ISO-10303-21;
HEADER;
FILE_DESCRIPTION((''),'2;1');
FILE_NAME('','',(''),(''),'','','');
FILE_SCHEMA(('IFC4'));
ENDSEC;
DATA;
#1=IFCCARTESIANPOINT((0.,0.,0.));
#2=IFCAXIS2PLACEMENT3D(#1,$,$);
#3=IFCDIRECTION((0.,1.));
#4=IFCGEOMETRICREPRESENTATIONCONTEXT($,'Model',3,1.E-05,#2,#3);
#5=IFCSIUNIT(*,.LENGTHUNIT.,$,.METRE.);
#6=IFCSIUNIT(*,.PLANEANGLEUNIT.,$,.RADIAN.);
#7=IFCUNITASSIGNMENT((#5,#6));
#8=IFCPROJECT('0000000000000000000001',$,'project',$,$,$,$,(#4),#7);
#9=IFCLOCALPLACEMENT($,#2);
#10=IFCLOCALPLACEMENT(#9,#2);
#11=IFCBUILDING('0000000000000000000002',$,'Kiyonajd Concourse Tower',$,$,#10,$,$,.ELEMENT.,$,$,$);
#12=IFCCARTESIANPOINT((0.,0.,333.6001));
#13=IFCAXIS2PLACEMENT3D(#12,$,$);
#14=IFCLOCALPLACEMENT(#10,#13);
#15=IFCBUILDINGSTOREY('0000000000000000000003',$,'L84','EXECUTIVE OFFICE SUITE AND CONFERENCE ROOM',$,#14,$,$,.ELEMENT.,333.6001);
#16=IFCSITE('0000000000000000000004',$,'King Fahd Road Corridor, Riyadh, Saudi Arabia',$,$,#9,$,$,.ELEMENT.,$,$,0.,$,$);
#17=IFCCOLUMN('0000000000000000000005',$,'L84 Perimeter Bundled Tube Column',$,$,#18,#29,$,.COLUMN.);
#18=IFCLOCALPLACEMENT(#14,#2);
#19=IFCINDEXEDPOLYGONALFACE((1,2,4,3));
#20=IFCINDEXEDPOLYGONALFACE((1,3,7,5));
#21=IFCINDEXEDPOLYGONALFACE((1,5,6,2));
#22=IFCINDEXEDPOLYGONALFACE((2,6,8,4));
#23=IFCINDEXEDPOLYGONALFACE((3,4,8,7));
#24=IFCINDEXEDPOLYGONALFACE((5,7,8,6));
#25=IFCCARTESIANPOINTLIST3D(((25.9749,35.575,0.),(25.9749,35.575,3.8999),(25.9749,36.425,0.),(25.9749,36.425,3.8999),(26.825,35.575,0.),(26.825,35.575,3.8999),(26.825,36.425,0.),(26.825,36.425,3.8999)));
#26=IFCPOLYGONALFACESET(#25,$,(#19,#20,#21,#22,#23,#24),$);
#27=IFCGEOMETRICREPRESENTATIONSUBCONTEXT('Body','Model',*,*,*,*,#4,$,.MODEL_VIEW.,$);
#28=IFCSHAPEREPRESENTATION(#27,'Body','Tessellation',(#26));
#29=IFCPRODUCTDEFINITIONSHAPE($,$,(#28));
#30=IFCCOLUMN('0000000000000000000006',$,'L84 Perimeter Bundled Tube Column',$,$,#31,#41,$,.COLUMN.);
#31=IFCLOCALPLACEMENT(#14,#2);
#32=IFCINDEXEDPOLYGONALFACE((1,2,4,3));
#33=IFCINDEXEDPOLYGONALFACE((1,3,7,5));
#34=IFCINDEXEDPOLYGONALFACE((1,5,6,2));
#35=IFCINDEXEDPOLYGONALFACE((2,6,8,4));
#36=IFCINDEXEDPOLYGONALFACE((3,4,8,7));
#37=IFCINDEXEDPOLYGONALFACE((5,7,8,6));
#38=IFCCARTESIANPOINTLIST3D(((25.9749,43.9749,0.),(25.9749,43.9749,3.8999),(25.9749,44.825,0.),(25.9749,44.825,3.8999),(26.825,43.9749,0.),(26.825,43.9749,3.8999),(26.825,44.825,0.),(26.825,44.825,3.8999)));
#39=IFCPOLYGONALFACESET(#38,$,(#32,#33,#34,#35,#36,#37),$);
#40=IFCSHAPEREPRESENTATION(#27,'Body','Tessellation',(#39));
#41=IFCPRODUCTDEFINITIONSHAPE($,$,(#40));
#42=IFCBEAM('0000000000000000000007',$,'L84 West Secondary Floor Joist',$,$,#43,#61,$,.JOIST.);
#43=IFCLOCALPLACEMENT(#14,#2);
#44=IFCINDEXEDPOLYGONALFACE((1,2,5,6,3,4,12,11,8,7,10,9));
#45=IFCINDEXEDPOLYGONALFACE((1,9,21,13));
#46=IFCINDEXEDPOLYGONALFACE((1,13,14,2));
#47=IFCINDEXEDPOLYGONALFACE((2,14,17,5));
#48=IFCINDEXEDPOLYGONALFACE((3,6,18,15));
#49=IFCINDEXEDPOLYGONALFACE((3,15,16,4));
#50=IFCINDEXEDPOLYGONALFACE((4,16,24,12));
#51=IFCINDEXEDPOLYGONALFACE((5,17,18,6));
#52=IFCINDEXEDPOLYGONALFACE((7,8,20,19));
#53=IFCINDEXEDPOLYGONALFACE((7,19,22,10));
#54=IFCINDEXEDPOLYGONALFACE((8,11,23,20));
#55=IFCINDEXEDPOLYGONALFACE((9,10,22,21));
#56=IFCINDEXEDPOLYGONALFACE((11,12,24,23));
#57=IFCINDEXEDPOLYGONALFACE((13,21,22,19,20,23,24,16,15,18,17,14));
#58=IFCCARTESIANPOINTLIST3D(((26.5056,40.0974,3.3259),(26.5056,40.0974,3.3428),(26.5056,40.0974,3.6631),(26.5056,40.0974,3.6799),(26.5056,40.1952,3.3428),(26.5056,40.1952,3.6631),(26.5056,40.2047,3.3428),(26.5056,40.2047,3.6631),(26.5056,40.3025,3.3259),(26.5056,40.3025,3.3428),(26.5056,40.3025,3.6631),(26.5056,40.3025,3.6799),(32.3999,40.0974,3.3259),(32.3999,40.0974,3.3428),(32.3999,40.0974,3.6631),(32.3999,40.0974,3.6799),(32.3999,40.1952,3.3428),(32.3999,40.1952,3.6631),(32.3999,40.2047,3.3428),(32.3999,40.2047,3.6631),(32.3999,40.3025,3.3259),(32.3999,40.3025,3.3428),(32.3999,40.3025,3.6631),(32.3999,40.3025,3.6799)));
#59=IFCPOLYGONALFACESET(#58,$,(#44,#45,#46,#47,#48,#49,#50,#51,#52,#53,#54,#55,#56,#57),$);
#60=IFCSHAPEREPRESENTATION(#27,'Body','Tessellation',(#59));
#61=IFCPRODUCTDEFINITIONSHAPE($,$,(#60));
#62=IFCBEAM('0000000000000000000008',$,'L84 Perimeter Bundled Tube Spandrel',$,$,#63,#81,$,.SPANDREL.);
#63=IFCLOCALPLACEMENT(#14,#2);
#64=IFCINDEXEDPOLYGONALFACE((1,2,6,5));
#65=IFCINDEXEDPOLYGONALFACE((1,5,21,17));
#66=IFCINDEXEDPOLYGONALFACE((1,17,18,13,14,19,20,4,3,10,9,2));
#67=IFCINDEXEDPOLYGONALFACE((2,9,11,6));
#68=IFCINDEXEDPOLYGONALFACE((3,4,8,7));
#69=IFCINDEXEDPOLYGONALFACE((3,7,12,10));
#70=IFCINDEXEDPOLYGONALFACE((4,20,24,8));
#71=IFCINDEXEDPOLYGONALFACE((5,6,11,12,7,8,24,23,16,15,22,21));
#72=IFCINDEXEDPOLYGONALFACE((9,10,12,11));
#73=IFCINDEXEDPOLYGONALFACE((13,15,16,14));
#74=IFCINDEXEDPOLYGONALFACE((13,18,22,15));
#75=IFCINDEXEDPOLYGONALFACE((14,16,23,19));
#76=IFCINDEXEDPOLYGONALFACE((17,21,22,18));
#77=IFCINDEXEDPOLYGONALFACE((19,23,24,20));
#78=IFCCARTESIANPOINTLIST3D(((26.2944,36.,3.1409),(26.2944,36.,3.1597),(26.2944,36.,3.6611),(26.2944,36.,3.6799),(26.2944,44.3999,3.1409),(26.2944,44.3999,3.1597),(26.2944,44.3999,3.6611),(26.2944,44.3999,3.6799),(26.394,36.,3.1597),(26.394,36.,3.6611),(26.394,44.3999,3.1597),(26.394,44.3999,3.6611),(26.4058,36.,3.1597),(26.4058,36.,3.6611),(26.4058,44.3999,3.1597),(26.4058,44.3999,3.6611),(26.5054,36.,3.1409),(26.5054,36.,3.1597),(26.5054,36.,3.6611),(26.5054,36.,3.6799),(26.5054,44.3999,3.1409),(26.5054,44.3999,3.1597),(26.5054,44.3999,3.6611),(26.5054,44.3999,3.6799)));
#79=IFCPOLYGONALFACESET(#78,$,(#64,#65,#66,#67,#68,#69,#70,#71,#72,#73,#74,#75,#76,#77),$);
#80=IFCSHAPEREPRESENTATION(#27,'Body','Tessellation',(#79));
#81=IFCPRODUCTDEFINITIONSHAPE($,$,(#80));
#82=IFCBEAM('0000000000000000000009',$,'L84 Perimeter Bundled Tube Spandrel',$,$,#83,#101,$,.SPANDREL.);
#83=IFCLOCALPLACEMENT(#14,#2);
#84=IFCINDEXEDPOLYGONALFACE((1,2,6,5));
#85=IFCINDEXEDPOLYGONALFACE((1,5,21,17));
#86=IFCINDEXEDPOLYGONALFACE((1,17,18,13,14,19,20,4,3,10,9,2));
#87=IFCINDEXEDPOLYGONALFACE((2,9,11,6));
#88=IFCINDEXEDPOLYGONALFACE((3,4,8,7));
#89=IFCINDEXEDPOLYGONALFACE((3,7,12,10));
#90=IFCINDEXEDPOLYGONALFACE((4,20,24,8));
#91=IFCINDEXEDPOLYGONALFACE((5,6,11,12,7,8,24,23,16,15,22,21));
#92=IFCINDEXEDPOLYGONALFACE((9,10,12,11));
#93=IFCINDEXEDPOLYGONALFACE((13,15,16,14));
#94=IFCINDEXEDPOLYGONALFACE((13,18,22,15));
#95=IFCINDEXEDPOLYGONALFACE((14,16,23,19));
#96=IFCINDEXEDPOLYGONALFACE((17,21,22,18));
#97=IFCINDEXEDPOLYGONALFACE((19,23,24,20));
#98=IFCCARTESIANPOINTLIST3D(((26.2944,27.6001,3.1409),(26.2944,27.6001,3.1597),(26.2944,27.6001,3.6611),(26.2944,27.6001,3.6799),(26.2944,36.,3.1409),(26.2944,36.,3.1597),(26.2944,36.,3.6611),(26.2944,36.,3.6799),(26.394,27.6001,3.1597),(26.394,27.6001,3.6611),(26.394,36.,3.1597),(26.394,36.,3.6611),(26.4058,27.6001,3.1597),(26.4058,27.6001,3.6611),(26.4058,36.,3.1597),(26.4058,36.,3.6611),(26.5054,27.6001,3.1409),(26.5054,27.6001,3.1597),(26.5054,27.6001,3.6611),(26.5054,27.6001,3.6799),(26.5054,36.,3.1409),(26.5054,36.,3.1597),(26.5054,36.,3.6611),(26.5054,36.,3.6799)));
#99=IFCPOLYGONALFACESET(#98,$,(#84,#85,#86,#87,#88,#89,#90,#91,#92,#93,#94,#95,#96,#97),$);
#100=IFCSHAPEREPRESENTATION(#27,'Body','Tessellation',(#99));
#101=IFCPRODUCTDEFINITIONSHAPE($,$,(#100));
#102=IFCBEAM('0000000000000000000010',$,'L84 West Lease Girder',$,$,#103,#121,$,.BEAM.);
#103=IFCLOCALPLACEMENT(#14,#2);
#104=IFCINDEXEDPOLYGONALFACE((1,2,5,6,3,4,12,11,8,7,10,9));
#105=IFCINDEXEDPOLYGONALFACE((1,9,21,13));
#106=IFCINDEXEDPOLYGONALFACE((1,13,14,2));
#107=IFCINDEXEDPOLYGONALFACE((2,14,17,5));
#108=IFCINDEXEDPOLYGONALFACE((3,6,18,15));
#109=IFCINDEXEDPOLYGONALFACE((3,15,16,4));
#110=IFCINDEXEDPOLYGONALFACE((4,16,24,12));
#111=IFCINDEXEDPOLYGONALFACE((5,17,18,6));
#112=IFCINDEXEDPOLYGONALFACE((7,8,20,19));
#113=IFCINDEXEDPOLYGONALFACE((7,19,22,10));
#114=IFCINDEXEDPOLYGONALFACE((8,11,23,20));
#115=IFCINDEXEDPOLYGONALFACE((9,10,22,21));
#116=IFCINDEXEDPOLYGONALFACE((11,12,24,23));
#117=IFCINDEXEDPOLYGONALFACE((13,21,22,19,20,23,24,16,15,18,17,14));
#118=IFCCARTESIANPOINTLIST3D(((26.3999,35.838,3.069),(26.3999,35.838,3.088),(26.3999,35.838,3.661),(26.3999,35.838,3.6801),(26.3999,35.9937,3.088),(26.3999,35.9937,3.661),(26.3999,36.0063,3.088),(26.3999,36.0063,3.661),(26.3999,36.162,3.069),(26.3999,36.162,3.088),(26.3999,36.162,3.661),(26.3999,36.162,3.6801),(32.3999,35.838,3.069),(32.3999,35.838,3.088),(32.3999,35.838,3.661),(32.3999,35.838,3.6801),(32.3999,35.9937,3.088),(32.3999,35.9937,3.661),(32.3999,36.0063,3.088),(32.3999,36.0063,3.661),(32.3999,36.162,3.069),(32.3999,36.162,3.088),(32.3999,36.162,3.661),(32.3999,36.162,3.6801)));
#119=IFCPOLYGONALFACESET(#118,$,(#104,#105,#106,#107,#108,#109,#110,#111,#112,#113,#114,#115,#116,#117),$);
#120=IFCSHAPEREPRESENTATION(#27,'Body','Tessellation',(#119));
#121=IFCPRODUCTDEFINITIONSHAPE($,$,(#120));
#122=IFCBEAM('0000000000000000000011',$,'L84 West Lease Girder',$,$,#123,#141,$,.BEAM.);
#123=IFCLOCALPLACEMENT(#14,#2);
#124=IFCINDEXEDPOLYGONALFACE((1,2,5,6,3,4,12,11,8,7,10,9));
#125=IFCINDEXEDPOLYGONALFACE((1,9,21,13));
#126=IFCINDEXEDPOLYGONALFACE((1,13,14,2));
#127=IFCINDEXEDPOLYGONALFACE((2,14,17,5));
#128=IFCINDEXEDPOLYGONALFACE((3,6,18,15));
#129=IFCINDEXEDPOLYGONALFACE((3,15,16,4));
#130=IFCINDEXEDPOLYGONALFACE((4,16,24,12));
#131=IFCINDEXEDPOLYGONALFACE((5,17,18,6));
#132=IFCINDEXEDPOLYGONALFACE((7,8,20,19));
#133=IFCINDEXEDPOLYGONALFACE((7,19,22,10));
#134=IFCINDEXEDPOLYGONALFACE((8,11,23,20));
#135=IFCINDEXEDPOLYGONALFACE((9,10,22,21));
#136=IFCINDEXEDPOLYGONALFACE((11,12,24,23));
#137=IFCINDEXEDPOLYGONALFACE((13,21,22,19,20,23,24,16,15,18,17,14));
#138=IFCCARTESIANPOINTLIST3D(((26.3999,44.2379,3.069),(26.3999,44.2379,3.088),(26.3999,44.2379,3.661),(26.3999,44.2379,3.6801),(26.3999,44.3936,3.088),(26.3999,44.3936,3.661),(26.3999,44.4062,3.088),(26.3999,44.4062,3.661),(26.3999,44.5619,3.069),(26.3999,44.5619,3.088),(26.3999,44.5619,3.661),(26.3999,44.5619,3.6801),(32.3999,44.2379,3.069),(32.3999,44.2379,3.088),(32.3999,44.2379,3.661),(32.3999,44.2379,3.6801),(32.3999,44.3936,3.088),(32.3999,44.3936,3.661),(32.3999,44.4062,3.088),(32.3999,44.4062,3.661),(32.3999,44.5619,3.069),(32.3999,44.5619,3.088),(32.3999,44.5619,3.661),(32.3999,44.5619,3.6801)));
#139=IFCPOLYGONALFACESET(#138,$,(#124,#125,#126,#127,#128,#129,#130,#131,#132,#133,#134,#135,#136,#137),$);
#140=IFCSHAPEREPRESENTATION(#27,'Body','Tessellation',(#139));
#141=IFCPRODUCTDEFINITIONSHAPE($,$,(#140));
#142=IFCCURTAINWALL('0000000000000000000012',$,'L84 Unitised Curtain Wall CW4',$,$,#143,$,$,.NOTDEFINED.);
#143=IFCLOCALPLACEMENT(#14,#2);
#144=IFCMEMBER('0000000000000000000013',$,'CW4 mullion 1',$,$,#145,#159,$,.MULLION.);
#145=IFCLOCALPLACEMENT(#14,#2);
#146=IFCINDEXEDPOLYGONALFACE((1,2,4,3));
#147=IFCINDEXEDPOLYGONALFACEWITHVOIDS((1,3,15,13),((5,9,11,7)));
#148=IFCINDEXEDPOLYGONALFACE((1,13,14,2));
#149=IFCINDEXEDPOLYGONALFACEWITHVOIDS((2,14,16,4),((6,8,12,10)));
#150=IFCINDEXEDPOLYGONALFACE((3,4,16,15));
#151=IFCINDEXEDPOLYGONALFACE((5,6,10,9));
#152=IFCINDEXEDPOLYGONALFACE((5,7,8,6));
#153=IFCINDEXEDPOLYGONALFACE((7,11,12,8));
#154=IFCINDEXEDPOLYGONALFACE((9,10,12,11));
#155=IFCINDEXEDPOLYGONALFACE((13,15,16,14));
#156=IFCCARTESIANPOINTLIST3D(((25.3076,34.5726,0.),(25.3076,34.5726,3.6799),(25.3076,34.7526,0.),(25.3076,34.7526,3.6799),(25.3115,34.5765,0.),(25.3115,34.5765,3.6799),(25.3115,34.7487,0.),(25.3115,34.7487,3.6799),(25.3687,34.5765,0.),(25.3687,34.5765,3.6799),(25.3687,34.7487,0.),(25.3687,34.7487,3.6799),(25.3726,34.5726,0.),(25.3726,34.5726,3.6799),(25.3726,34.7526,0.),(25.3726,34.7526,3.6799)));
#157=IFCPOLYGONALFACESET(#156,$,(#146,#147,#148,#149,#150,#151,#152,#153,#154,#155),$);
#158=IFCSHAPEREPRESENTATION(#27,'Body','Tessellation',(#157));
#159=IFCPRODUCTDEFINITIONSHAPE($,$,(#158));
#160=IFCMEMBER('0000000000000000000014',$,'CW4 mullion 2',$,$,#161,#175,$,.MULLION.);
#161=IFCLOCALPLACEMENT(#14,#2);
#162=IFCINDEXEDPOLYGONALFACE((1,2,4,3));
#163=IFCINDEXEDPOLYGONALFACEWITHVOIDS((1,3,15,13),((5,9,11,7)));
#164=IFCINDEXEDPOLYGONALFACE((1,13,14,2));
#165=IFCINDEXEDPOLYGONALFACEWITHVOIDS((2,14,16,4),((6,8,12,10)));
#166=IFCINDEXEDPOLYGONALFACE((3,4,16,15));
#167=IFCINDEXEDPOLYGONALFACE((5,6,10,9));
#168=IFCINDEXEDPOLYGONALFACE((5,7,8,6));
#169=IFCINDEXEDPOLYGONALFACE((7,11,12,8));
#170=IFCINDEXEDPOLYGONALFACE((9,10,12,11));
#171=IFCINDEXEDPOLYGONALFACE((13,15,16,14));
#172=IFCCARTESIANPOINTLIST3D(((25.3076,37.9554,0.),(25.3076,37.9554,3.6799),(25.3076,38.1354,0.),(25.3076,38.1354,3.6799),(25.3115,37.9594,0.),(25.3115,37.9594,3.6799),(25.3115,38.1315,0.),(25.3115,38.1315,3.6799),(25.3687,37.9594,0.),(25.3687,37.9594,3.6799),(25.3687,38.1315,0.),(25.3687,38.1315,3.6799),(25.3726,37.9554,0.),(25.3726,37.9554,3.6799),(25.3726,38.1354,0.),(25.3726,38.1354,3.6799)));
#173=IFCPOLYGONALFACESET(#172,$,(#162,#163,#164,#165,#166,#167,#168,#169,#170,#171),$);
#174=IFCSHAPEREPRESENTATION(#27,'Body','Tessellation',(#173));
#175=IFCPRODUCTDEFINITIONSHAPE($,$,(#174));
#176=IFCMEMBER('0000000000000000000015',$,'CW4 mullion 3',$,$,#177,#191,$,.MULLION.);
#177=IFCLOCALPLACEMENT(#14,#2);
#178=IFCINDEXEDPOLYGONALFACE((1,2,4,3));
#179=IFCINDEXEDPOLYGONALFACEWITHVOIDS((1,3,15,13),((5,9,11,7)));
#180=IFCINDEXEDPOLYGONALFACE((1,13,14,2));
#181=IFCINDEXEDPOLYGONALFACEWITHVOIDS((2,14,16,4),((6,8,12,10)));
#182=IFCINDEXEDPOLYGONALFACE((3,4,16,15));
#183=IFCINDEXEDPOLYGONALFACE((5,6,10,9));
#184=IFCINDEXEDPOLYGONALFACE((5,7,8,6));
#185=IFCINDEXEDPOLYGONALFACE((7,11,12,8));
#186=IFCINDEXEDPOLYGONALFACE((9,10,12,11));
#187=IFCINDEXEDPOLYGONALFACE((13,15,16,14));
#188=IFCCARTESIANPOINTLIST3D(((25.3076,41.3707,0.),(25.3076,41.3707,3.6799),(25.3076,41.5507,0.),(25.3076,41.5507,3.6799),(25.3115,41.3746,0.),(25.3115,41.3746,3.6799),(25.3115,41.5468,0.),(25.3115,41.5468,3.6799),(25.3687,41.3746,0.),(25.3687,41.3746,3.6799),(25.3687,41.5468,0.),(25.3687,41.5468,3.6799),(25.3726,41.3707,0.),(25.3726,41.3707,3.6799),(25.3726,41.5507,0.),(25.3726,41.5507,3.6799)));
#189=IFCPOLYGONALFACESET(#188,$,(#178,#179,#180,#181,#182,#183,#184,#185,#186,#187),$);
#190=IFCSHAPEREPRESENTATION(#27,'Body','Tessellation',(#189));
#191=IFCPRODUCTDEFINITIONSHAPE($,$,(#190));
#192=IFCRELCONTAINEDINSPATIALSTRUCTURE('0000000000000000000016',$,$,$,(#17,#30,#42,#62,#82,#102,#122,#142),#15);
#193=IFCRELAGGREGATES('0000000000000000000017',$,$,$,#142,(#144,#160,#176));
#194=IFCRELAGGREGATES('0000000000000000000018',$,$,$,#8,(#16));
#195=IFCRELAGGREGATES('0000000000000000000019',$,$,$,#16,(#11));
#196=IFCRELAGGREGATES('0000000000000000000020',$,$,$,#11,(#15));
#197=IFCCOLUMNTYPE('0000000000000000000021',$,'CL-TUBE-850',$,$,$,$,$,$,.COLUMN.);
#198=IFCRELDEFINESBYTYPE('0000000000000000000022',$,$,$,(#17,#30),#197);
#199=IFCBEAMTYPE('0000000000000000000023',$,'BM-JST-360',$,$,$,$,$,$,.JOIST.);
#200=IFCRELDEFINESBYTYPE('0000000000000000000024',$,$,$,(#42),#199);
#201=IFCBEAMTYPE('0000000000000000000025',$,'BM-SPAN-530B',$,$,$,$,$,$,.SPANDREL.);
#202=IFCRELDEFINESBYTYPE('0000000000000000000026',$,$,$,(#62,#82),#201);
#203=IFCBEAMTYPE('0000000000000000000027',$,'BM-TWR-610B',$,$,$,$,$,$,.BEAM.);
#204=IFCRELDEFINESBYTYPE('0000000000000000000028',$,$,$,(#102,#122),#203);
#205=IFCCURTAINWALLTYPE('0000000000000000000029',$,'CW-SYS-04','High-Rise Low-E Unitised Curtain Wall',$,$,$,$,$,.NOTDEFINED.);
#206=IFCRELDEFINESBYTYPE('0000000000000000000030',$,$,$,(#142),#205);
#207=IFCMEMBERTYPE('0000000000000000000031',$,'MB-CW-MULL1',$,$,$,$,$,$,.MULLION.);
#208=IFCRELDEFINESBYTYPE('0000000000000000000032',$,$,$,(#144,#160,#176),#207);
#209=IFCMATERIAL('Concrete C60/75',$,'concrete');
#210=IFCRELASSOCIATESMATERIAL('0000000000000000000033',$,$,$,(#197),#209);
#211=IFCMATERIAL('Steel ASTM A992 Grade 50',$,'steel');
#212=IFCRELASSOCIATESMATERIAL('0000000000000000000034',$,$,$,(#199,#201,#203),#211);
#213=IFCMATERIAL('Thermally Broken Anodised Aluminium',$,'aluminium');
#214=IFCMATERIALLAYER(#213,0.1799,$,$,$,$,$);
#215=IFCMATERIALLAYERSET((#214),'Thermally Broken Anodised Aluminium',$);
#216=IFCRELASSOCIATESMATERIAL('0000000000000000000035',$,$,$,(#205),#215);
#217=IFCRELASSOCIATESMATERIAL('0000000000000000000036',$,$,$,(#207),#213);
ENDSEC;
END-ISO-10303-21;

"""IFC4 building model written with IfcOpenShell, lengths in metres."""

from ifc_helpers import new_model, si_unit, direction, frame, origin, origin_2d, place, context, subcontext, project, spatial, rectangle, hollow_rectangle, i_section, extrude, material, layer, layer_set, material_profile, profile_set, type_object, element, aggregate, save


model = new_model("IFC4")

# Units and contexts
model_context = context("Model", 3, precision=1e-05, world=origin(), true_north=direction((0.0, 1.0)))
body_context = subcontext(model_context, "Body", "Model", "MODEL_VIEW")
ifc_project = project(units=[si_unit("LENGTHUNIT", "METRE"), si_unit("PLANEANGLEUNIT", "RADIAN")], contexts=[model_context])

# Site, building, storey
site_placement = place(None, origin())
site = spatial("IfcSite", under=ifc_project, at=site_placement, Name="King Fahd Road Corridor, Riyadh, Saudi Arabia", CompositionType="ELEMENT", RefElevation=0.0)
building_placement = place(site_placement, origin())
building = spatial("IfcBuilding", under=site, at=building_placement, Name="Kiyonajd Concourse Tower", CompositionType="ELEMENT")
storey_placement = place(building_placement, frame((0.0, 0.0, 333.6001)))
storey = spatial("IfcBuildingStorey", under=building, at=storey_placement, Name="L84", Description="EXECUTIVE OFFICE SUITE AND CONFERENCE ROOM", CompositionType="ELEMENT", Elevation=333.6001)

# Columns
ifc_material_1 = material(Name="Concrete C60/75", Category="concrete")
ifc_material_profile_1 = material_profile(ifc_material_1, rectangle(XDim=0.8501, YDim=0.8501, at=origin_2d()), Name="RC-850x850")
ifc_profile_set_1 = profile_set([ifc_material_profile_1], Name="Concrete C60/75")
column_type = type_object("IfcColumnType", Name="CL-TUBE-850", PredefinedType="COLUMN", material=ifc_profile_set_1)
for number, where, z_axis, x_axis, name in (
    (1, (26.3999, 36.0, 0.0), (0.0, 0.0, 1.0), (1.0, 0.0, 0.0), "L84 Perimeter Bundled Tube Column"),
    (2, (26.3999, 44.3999, 0.0), (0.0, 0.0, 1.0), (1.0, 0.0, 0.0), "L84 Perimeter Bundled Tube Column"),
):
    element("IfcColumn", number, at=place(storey_placement, frame(where, z_axis=z_axis, x_axis=x_axis)), inside=storey, type_object=column_type, Name=name, PredefinedType="COLUMN", context=body_context, shape_type="SweptSolid", body=[
        extrude(rectangle(XDim=0.8501, YDim=0.8501, at=origin_2d()), origin(), (0.0, 0.0, 1.0), 3.8999),
    ])

# Beams
ifc_material_2 = material(Name="Steel ASTM A992 Grade 50", Category="steel")
ifc_material_profile_2 = material_profile(ifc_material_2, i_section(OverallWidth=0.2051, OverallDepth=0.354, WebThickness=0.0095, FlangeThickness=0.0168, at=origin_2d()), Name="W360X79")
ifc_profile_set_2 = profile_set([ifc_material_profile_2], Name="Steel ASTM A992 Grade 50")
beam_type_1 = type_object("IfcBeamType", Name="BM-JST-360", PredefinedType="JOIST", material=ifc_profile_set_2)
beam_placement = place(storey_placement, frame((26.5056, 40.2, 3.5029), z_axis=(1.0, 0.0, 0.0), x_axis=(0.0, 1.0, 0.0)))
element("IfcBeam", 3, at=beam_placement, inside=storey, type_object=beam_type_1, Name="L84 West Secondary Floor Joist", PredefinedType="JOIST", context=body_context, shape_type="SweptSolid", body=[
    extrude(i_section(OverallWidth=0.2051, OverallDepth=0.354, WebThickness=0.0095, FlangeThickness=0.0168, at=origin_2d()), origin(), (0.0, 0.0, 1.0), 5.8943),
])
ifc_material_profile_3 = material_profile(ifc_material_2, i_section(OverallWidth=0.2109, OverallDepth=0.5391, WebThickness=0.0117, FlangeThickness=0.0188, at=origin_2d()), Name="W530X109")
ifc_profile_set_3 = profile_set([ifc_material_profile_3], Name="Steel ASTM A992 Grade 50")
beam_type_2 = type_object("IfcBeamType", Name="BM-SPAN-530B", PredefinedType="SPANDREL", material=ifc_profile_set_3)
for number, where, z_axis, x_axis, name in (
    (4, (26.3999, 44.3999, 3.4104), (0.0, -1.0, 0.0), (1.0, 0.0, 0.0), "L84 Perimeter Bundled Tube Spandrel"),
    (5, (26.3999, 36.0, 3.4104), (0.0, -1.0, 0.0), (1.0, 0.0, 0.0), "L84 Perimeter Bundled Tube Spandrel"),
):
    element("IfcBeam", number, at=place(storey_placement, frame(where, z_axis=z_axis, x_axis=x_axis)), inside=storey, type_object=beam_type_2, Name=name, PredefinedType="SPANDREL", context=body_context, shape_type="SweptSolid", body=[
        extrude(i_section(OverallWidth=0.2109, OverallDepth=0.5391, WebThickness=0.0117, FlangeThickness=0.0188, at=origin_2d()), origin(), (0.0, 0.0, 1.0), 8.3999),
    ])
ifc_material_profile_4 = material_profile(ifc_material_2, i_section(OverallWidth=0.324, OverallDepth=0.6111, WebThickness=0.0127, FlangeThickness=0.019, at=origin_2d()), Name="W610X155")
ifc_profile_set_4 = profile_set([ifc_material_profile_4], Name="Steel ASTM A992 Grade 50")
beam_type_3 = type_object("IfcBeamType", Name="BM-TWR-610B", PredefinedType="BEAM", material=ifc_profile_set_4)
for number, where, z_axis, x_axis, name in (
    (6, (26.3999, 36.0, 3.3745), (1.0, 0.0, 0.0), (0.0, 1.0, 0.0), "L84 West Lease Girder"),
    (7, (26.3999, 44.3999, 3.3745), (1.0, 0.0, 0.0), (0.0, 1.0, 0.0), "L84 West Lease Girder"),
):
    element("IfcBeam", number, at=place(storey_placement, frame(where, z_axis=z_axis, x_axis=x_axis)), inside=storey, type_object=beam_type_3, Name=name, PredefinedType="BEAM", context=body_context, shape_type="SweptSolid", body=[
        extrude(i_section(OverallWidth=0.324, OverallDepth=0.6111, WebThickness=0.0127, FlangeThickness=0.019, at=origin_2d()), origin(), (0.0, 0.0, 1.0), 6.0),
    ])

# Curtain wall, members
ifc_material_3 = material(Name="Thermally Broken Anodised Aluminium", Category="aluminium")
ifc_layer_1 = layer(ifc_material_3, 0.1799)
ifc_layer_set_1 = layer_set([ifc_layer_1], Name="Thermally Broken Anodised Aluminium")
curtain_wall_type = type_object("IfcCurtainWallType", Name="CW-SYS-04", Description="High-Rise Low-E Unitised Curtain Wall", PredefinedType="NOTDEFINED", material=ifc_layer_set_1)
curtain_wall_placement = place(storey_placement, origin())
curtain_wall = element("IfcCurtainWall", 8, at=curtain_wall_placement, inside=storey, type_object=curtain_wall_type, Name="L84 Unitised Curtain Wall CW4", PredefinedType="NOTDEFINED")
ifc_material_profile_5 = material_profile(ifc_material_3, hollow_rectangle(XDim=0.0649, YDim=0.1799, WallThickness=0.0039, at=origin_2d()), Name="MULL-65x180")
ifc_profile_set_5 = profile_set([ifc_material_profile_5], Name="Thermally Broken Anodised Aluminium")
member_type_1 = type_object("IfcMemberType", Name="MB-CW-MULL1", PredefinedType="MULLION", material=ifc_profile_set_5)
member_1_placement = place(storey_placement, frame((25.3401, 34.6626, 0.0), z_axis=(0.0, 0.0, 1.0), x_axis=(-1.0, 0.0, 0.0)))
member_1 = element("IfcMember", 9, at=member_1_placement, type_object=member_type_1, Name="CW4 mullion 1", PredefinedType="MULLION", context=body_context, shape_type="SweptSolid", body=[
    extrude(hollow_rectangle(XDim=0.0649, YDim=0.1799, WallThickness=0.0039, at=origin_2d()), origin(), (0.0, 0.0, 1.0), 3.6799),
])
member_2_placement = place(storey_placement, frame((25.3401, 38.0454, 0.0), z_axis=(0.0, 0.0, 1.0), x_axis=(-1.0, 0.0, 0.0)))
member_2 = element("IfcMember", 10, at=member_2_placement, type_object=member_type_1, Name="CW4 mullion 2", PredefinedType="MULLION", context=body_context, shape_type="SweptSolid", body=[
    extrude(hollow_rectangle(XDim=0.0649, YDim=0.1799, WallThickness=0.0039, at=origin_2d()), origin(), (0.0, 0.0, 1.0), 3.6799),
])
member_3_placement = place(storey_placement, frame((25.3401, 41.4607, 0.0), z_axis=(0.0, 0.0, 1.0), x_axis=(-1.0, 0.0, 0.0)))
member_3 = element("IfcMember", 11, at=member_3_placement, type_object=member_type_1, Name="CW4 mullion 3", PredefinedType="MULLION", context=body_context, shape_type="SweptSolid", body=[
    extrude(hollow_rectangle(XDim=0.0649, YDim=0.1799, WallThickness=0.0039, at=origin_2d()), origin(), (0.0, 0.0, 1.0), 3.6799),
])

aggregate(curtain_wall, [member_1, member_2, member_3])

save(model, "model.ifc")
